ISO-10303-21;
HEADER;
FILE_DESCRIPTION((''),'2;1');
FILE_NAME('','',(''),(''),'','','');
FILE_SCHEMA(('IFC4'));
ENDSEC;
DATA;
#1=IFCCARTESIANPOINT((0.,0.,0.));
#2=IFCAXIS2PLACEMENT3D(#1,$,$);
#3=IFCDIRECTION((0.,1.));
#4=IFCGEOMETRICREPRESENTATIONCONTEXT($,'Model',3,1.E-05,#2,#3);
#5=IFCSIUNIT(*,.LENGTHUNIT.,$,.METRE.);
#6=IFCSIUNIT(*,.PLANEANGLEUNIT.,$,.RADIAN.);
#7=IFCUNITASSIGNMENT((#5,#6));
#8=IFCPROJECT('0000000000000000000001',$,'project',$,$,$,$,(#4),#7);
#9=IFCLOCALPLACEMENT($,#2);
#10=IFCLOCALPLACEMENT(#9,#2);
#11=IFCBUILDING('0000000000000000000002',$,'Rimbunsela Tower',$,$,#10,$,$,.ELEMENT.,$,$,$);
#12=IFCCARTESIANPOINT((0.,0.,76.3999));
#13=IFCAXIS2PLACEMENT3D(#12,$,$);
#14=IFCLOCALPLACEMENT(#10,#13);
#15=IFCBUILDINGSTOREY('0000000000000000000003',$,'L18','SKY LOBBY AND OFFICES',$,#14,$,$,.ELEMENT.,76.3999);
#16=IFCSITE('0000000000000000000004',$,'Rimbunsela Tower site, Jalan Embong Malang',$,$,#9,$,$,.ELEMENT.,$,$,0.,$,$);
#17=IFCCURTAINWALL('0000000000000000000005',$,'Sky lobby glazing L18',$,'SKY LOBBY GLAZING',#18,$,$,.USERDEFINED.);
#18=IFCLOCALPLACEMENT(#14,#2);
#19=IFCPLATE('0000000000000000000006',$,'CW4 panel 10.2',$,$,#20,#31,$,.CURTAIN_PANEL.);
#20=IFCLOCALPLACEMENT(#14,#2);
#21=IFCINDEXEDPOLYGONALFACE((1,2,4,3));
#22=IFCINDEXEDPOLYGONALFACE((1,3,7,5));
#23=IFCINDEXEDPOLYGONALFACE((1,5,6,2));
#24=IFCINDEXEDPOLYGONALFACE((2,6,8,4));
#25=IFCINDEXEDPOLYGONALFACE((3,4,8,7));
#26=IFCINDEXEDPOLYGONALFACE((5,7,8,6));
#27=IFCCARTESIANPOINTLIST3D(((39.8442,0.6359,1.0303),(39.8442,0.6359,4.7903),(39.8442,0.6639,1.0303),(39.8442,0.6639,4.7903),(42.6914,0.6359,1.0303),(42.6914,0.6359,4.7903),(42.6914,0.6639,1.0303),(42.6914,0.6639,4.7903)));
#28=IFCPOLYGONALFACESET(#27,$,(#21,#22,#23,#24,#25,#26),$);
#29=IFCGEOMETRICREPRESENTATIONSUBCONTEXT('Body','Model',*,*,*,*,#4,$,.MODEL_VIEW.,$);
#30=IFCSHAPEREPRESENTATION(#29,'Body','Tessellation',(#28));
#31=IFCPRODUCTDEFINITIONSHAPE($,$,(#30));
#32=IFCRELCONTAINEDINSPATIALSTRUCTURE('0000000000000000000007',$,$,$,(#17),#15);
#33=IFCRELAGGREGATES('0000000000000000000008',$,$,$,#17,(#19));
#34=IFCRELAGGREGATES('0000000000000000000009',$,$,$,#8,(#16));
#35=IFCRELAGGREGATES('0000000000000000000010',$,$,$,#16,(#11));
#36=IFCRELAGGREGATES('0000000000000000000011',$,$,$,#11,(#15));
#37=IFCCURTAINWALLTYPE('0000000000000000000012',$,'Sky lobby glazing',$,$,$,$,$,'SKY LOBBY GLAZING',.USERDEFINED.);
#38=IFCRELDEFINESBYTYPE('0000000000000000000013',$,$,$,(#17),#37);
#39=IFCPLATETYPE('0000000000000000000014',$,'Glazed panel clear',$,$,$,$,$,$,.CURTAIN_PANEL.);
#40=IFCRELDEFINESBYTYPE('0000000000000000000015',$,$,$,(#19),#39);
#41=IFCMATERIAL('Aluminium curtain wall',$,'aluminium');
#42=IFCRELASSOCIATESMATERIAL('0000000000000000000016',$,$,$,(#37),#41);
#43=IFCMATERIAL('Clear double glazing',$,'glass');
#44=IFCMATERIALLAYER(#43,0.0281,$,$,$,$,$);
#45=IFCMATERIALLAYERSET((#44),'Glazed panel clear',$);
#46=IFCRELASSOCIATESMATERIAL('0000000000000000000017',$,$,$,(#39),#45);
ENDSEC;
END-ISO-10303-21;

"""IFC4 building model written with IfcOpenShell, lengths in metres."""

from ifc_helpers import new_model, si_unit, direction, frame, origin, origin_2d, place, context, subcontext, project, spatial, rectangle, extrude, material, layer, layer_set, type_object, element, aggregate, save


model = new_model("IFC4")

# Units and contexts
model_context = context("Model", 3, precision=1e-05, world=origin(), true_north=direction((0.0, 1.0)))
body_context = subcontext(model_context, "Body", "Model", "MODEL_VIEW")
ifc_project = project(units=[si_unit("LENGTHUNIT", "METRE"), si_unit("PLANEANGLEUNIT", "RADIAN")], contexts=[model_context])

# Site, building, storey
site_placement = place(None, origin())
site = spatial("IfcSite", under=ifc_project, at=site_placement, Name="Rimbunsela Tower site, Jalan Embong Malang", CompositionType="ELEMENT", RefElevation=0.0)
building_placement = place(site_placement, origin())
building = spatial("IfcBuilding", under=site, at=building_placement, Name="Rimbunsela Tower", CompositionType="ELEMENT")
storey_placement = place(building_placement, frame((0.0, 0.0, 76.3999)))
storey = spatial("IfcBuildingStorey", under=building, at=storey_placement, Name="L18", Description="SKY LOBBY AND OFFICES", CompositionType="ELEMENT", Elevation=76.3999)

# Curtain wall, plate
ifc_material_1 = material(Name="Aluminium curtain wall", Category="aluminium")
curtain_wall_type = type_object("IfcCurtainWallType", Name="Sky lobby glazing", ElementType="SKY LOBBY GLAZING", PredefinedType="USERDEFINED", material=ifc_material_1)
curtain_wall_placement = place(storey_placement, origin())
curtain_wall = element("IfcCurtainWall", 1, at=curtain_wall_placement, inside=storey, type_object=curtain_wall_type, Name="Sky lobby glazing L18", ObjectType="SKY LOBBY GLAZING", PredefinedType="USERDEFINED")
ifc_material_2 = material(Name="Clear double glazing", Category="glass")
ifc_layer = layer(ifc_material_2, 0.0281)
ifc_layer_set = layer_set([ifc_layer], Name="Glazed panel clear")
plate_type = type_object("IfcPlateType", Name="Glazed panel clear", PredefinedType="CURTAIN_PANEL", material=ifc_layer_set)
plate_1_placement = place(storey_placement, frame((41.2678, 0.6499, 1.0303), z_axis=(0.0, 0.0, 1.0), x_axis=(1.0, 0.0, 0.0)))
plate_1 = element("IfcPlate", 2, at=plate_1_placement, type_object=plate_type, Name="CW4 panel 10.2", PredefinedType="CURTAIN_PANEL", context=body_context, shape_type="SweptSolid", body=[
    extrude(rectangle(XDim=2.8472, YDim=0.0281, at=origin_2d()), origin(), (0.0, 0.0, 1.0), 3.76),
])
aggregate(curtain_wall, [plate_1])

save(model, "model.ifc")
